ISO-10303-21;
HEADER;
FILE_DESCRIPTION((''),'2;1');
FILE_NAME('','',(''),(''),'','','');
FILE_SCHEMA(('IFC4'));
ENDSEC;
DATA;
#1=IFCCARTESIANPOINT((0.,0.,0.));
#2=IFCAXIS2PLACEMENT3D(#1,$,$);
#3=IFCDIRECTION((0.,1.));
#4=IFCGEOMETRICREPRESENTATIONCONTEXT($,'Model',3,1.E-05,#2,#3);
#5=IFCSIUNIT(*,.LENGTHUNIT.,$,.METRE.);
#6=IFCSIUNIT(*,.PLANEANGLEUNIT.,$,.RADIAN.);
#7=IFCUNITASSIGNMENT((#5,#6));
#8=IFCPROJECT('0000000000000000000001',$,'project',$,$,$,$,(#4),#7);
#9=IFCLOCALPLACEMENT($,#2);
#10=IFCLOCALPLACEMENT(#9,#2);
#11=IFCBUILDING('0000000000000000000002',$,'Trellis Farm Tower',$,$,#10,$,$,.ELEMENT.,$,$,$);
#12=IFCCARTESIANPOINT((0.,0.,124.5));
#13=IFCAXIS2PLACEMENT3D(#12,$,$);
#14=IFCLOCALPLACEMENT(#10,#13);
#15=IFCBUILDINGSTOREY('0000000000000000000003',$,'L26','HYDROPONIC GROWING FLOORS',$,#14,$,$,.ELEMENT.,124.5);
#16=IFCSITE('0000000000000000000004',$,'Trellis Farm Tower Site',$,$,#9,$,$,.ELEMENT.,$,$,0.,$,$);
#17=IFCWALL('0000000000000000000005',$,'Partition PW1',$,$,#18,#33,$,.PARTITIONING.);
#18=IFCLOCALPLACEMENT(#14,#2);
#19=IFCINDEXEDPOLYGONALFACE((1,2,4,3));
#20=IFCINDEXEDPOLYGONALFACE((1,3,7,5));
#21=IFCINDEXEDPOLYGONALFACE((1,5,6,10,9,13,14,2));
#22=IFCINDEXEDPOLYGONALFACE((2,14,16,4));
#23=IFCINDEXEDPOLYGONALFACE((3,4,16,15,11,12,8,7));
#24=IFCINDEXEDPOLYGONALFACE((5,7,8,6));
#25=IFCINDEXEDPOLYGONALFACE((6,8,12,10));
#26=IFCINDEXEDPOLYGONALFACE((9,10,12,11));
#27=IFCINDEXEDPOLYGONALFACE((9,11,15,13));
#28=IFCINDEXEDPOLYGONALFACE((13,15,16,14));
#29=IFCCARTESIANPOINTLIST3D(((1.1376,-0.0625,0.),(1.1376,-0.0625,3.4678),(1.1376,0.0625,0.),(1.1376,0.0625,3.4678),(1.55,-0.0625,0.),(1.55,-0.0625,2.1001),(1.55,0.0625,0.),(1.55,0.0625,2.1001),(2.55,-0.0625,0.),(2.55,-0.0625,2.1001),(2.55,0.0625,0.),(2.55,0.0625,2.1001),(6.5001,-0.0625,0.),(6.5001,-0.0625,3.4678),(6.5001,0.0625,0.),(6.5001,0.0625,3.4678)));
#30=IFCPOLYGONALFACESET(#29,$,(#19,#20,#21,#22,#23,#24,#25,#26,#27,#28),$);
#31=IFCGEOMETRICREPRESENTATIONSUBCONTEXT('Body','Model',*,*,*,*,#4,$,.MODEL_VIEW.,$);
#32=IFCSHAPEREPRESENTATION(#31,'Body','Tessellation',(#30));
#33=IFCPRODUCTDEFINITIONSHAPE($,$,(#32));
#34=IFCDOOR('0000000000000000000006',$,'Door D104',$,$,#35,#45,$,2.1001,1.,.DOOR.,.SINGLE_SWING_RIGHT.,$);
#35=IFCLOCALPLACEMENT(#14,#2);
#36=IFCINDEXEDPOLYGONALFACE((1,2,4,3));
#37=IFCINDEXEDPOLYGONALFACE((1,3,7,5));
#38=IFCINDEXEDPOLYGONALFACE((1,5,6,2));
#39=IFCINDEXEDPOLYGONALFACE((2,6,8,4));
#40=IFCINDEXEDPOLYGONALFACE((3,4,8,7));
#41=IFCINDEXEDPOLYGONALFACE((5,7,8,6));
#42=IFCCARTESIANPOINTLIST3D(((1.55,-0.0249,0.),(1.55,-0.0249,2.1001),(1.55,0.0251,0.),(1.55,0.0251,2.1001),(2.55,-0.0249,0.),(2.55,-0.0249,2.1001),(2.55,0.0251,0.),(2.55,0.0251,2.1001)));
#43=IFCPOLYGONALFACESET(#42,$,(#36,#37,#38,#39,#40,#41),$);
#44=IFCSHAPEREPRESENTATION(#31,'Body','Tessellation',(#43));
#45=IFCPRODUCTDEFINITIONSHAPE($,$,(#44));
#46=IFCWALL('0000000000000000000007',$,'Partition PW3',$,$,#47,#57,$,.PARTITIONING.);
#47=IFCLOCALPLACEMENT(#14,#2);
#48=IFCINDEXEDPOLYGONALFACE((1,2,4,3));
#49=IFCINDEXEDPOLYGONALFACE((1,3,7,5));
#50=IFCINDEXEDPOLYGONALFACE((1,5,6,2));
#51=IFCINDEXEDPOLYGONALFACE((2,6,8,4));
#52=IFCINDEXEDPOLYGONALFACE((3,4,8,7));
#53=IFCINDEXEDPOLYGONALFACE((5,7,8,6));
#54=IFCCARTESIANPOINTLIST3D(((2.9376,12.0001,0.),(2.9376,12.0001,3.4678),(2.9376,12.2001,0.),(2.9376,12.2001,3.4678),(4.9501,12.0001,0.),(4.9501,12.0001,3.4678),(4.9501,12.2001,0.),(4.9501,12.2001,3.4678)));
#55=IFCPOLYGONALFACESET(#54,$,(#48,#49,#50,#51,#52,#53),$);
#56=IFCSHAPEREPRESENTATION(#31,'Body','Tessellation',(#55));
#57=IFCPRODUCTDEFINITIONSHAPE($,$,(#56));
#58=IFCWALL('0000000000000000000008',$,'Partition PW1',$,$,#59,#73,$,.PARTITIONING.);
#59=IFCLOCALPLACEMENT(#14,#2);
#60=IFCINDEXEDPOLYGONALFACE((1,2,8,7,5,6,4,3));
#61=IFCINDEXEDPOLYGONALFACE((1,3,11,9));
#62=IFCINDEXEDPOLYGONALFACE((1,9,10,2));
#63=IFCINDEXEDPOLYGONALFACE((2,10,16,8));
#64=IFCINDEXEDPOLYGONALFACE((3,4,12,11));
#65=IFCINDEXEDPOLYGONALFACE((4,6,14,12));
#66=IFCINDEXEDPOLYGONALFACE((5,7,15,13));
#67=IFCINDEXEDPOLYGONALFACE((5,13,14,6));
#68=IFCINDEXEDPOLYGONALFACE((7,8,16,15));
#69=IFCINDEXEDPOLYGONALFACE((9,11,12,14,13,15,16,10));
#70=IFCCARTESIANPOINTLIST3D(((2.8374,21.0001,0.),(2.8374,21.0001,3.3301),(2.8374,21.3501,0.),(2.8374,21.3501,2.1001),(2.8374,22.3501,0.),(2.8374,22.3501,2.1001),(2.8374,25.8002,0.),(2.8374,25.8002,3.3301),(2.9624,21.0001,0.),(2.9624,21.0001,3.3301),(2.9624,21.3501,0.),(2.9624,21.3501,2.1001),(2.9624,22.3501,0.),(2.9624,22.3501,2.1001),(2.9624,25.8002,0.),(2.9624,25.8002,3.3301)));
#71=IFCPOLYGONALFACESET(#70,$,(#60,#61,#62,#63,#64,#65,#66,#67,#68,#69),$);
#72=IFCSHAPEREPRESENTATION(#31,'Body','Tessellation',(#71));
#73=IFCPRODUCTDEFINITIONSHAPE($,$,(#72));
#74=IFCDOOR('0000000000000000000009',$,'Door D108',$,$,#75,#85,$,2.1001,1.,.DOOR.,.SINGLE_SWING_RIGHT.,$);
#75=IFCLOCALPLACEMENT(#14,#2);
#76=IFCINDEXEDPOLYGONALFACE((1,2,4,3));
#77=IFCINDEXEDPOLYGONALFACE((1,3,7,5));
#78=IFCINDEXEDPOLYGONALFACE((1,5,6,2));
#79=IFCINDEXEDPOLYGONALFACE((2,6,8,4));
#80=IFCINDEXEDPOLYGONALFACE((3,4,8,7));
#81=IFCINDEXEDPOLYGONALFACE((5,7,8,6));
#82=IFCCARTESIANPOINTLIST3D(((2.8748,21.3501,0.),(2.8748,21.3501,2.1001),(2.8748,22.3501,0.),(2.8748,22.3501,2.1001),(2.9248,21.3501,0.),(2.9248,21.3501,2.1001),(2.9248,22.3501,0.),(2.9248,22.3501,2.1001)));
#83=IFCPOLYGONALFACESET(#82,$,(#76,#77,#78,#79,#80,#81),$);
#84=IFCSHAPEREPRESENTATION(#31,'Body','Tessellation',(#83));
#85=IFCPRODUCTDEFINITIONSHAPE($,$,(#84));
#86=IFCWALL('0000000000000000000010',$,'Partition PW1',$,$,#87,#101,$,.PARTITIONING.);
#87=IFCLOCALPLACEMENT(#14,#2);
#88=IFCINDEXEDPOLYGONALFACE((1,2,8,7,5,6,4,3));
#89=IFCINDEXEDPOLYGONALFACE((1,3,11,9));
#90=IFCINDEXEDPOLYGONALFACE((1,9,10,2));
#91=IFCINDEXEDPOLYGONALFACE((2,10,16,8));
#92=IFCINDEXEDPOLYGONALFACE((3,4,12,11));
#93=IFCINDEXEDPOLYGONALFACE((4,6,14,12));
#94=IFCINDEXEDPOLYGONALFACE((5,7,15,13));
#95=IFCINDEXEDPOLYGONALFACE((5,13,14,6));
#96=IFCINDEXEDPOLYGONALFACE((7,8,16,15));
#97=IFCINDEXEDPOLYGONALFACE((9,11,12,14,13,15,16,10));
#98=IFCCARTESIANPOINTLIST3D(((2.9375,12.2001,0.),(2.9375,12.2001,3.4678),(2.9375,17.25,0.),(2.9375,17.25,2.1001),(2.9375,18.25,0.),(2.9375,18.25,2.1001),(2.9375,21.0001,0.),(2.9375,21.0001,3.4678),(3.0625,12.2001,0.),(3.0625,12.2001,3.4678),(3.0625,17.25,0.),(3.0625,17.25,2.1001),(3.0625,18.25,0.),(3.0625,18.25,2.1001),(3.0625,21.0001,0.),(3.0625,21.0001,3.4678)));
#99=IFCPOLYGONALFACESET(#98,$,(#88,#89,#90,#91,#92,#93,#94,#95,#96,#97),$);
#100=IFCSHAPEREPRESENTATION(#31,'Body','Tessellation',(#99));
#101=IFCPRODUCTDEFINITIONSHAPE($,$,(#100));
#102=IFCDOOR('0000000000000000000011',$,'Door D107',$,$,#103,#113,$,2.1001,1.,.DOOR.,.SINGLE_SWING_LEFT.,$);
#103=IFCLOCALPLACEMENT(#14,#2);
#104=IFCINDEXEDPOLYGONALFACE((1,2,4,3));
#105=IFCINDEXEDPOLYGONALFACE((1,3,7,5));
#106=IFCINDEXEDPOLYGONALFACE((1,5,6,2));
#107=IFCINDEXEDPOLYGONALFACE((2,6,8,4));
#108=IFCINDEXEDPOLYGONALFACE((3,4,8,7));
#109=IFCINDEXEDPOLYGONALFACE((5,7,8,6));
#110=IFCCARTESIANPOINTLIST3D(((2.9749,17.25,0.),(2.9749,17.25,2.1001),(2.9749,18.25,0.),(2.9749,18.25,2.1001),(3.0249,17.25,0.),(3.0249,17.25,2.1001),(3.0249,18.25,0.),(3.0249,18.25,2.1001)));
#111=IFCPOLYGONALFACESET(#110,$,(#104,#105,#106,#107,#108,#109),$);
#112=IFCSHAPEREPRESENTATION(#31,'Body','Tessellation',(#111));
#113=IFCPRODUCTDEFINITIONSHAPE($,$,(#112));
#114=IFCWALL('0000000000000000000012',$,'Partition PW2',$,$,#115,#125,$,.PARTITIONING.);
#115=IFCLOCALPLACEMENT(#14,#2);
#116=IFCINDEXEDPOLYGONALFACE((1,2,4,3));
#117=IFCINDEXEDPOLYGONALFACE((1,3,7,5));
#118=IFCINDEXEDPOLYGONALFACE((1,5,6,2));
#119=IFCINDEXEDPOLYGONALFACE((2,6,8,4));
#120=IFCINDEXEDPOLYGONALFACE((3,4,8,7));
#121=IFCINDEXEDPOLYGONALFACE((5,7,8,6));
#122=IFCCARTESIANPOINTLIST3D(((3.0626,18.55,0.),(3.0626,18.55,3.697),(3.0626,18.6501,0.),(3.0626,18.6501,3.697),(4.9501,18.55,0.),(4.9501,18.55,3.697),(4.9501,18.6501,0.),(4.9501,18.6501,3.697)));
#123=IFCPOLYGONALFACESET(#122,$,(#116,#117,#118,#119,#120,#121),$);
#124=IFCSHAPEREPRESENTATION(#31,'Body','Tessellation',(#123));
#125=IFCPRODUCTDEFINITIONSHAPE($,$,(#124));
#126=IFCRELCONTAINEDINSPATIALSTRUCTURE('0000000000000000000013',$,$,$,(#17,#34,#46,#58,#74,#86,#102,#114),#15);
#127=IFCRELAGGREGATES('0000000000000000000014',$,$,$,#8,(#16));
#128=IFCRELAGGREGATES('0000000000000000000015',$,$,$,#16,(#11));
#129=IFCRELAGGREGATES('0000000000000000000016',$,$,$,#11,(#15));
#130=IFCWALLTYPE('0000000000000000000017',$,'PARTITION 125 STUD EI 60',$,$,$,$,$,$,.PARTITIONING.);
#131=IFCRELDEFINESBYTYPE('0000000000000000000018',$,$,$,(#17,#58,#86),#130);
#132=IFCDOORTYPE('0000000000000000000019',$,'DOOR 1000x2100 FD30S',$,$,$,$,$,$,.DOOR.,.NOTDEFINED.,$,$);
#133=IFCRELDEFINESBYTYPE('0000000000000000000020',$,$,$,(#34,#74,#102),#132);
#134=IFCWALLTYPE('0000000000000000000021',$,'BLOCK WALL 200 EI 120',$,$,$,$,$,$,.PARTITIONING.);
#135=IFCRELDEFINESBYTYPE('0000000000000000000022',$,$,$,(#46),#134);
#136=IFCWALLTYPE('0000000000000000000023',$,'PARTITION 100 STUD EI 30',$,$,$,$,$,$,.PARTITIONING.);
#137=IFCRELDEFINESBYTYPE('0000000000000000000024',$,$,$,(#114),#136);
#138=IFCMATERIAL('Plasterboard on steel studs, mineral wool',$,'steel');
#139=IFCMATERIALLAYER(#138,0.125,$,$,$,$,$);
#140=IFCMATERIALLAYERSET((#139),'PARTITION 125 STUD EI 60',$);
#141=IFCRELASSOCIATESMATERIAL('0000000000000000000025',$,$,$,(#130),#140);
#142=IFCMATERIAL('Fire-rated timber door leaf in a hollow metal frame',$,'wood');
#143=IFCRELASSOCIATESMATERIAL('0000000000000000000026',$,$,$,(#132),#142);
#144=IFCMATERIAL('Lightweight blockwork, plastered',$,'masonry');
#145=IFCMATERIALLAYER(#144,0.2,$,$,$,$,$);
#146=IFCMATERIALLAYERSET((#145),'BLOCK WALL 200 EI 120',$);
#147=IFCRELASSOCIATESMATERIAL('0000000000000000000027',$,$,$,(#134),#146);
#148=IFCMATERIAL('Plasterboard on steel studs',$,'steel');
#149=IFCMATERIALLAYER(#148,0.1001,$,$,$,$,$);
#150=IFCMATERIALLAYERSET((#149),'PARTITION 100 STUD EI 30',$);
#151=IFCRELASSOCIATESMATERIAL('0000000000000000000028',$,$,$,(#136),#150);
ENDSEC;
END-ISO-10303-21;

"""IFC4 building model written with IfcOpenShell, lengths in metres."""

from ifc_helpers import new_model, si_unit, direction, frame, frame_2d, origin, place, context, subcontext, project, spatial, rectangle, extrude, source, transform, mapped, material, layer, layer_set, type_object, element, fill, save


model = new_model("IFC4")

# Units and contexts
model_context = context("Model", 3, precision=1e-05, world=origin(), true_north=direction((0.0, 1.0)))
body_context = subcontext(model_context, "Body", "Model", "MODEL_VIEW")
ifc_project = project(units=[si_unit("LENGTHUNIT", "METRE"), si_unit("PLANEANGLEUNIT", "RADIAN")], contexts=[model_context])

# Site, building, storey
site_placement = place(None, origin())
site = spatial("IfcSite", under=ifc_project, at=site_placement, Name="Trellis Farm Tower Site", CompositionType="ELEMENT", RefElevation=0.0)
building_placement = place(site_placement, origin())
building = spatial("IfcBuilding", under=site, at=building_placement, Name="Trellis Farm Tower", CompositionType="ELEMENT")
storey_placement = place(building_placement, frame((0.0, 0.0, 124.5)))
storey = spatial("IfcBuildingStorey", under=building, at=storey_placement, Name="L26", Description="HYDROPONIC GROWING FLOORS", CompositionType="ELEMENT", Elevation=124.5)

# Shared definitions
ifc_material_1 = material(Name="Plasterboard on steel studs, mineral wool", Category="steel")
ifc_layer_1 = layer(ifc_material_1, 0.125)
ifc_layer_set_1 = layer_set([ifc_layer_1], Name="PARTITION 125 STUD EI 60")
wall_type_1 = type_object("IfcWallType", Name="PARTITION 125 STUD EI 60", PredefinedType="PARTITIONING", material=ifc_layer_set_1)

# Wall, opening, door
shared_shape_1 = source(origin(), body_context, "Body", "SweptSolid", [
    extrude(rectangle(XDim=5.3625, YDim=0.125, at=frame_2d((2.6812, 0.0))), origin(), (0.0, 0.0, 1.0), 3.4678),
])
wall_1_placement = place(storey_placement, frame((6.5, 0.0, 0.0), z_axis=(0.0, 0.0, 1.0), x_axis=(-1.0, 0.0, 0.0)))
wall_1 = element("IfcWall", 1, at=wall_1_placement, inside=storey, type_object=wall_type_1, Name="Partition PW1", PredefinedType="PARTITIONING", context=body_context, shape_type="MappedRepresentation", body=[
    mapped(shared_shape_1, transform((0.0, 0.0, 0.0))),
])
shared_shape_2 = source(origin(), body_context, "Body", "SweptSolid", [
    extrude(rectangle(XDim=1.0, YDim=2.1001, at=frame_2d((0.5, 1.05))), frame((0.0, 0.0725, 0.0), z_axis=(0.0, -1.0, 0.0), x_axis=(1.0, 0.0, 0.0)), (0.0, 0.0, 1.0), 0.145),
])
opening_1_placement = place(wall_1_placement, frame((3.95, 0.0, 0.0)))
opening_1 = element("IfcOpeningElement", 2, at=opening_1_placement, cuts=wall_1, PredefinedType="OPENING", context=body_context, shape_type="MappedRepresentation", body=[
    mapped(shared_shape_2, transform((0.0, 0.0, 0.0))),
])
ifc_material_2 = material(Name="Fire-rated timber door leaf in a hollow metal frame", Category="wood")
door_type_1 = type_object("IfcDoorType", Name="DOOR 1000x2100 FD30S", OperationType="NOTDEFINED", PredefinedType="DOOR", material=ifc_material_2)
shared_shape_3 = source(origin(), body_context, "Body", "SweptSolid", [
    extrude(rectangle(XDim=1.0, YDim=2.1001, at=frame_2d((0.5, 1.05))), frame((0.0, 0.0249, 0.0), z_axis=(0.0, -1.0, 0.0), x_axis=(1.0, 0.0, 0.0)), (0.0, 0.0, 1.0), 0.05),
])
door_1_placement = place(opening_1_placement, origin())
door_1 = element("IfcDoor", 3, at=door_1_placement, inside=storey, type_object=door_type_1, Name="Door D104", OperationType="SINGLE_SWING_RIGHT", OverallHeight=2.1001, OverallWidth=1.0, PredefinedType="DOOR", context=body_context, shape_type="MappedRepresentation", body=[
    mapped(shared_shape_3, transform((0.0, 0.0, 0.0))),
])
fill(opening_1, door_1)

# Wall
ifc_material_3 = material(Name="Lightweight blockwork, plastered", Category="masonry")
ifc_layer_2 = layer(ifc_material_3, 0.2)
ifc_layer_set_2 = layer_set([ifc_layer_2], Name="BLOCK WALL 200 EI 120")
wall_type_2 = type_object("IfcWallType", Name="BLOCK WALL 200 EI 120", PredefinedType="PARTITIONING", material=ifc_layer_set_2)
shared_shape_4 = source(origin(), body_context, "Body", "SweptSolid", [
    extrude(rectangle(XDim=2.0125, YDim=0.2, at=frame_2d((1.0063, 0.0))), origin(), (0.0, 0.0, 1.0), 3.4678),
])
wall_2_placement = place(storey_placement, frame((2.9375, 12.1001, 0.0), z_axis=(0.0, 0.0, 1.0), x_axis=(1.0, 0.0, 0.0)))
element("IfcWall", 4, at=wall_2_placement, inside=storey, type_object=wall_type_2, Name="Partition PW3", PredefinedType="PARTITIONING", context=body_context, shape_type="MappedRepresentation", body=[
    mapped(shared_shape_4, transform((0.0, 0.0, 0.0))),
])

# Walls, openings, doors
shared_shape_5 = source(origin(), body_context, "Body", "SweptSolid", [
    extrude(rectangle(XDim=4.8, YDim=0.125, at=frame_2d((2.3999, 0.0))), origin(), (0.0, 0.0, 1.0), 3.3301),
])
wall_3_placement = place(storey_placement, frame((2.8999, 25.8, 0.0), z_axis=(0.0, 0.0, 1.0), x_axis=(0.0, -1.0, 0.0)))
wall_3 = element("IfcWall", 5, at=wall_3_placement, inside=storey, type_object=wall_type_1, Name="Partition PW1", PredefinedType="PARTITIONING", context=body_context, shape_type="MappedRepresentation", body=[
    mapped(shared_shape_5, transform((0.0, 0.0, 0.0))),
])
opening_2_placement = place(wall_3_placement, frame((3.45, 0.0, 0.0)))
opening_2 = element("IfcOpeningElement", 6, at=opening_2_placement, cuts=wall_3, PredefinedType="OPENING", context=body_context, shape_type="MappedRepresentation", body=[
    mapped(shared_shape_2, transform((0.0, 0.0, 0.0))),
])
door_2_placement = place(opening_2_placement, origin())
door_2 = element("IfcDoor", 7, at=door_2_placement, inside=storey, type_object=door_type_1, Name="Door D108", OperationType="SINGLE_SWING_RIGHT", OverallHeight=2.1001, OverallWidth=1.0, PredefinedType="DOOR", context=body_context, shape_type="MappedRepresentation", body=[
    mapped(shared_shape_3, transform((0.0, 0.0, 0.0))),
])
fill(opening_2, door_2)
shared_shape_6 = source(origin(), body_context, "Body", "SweptSolid", [
    extrude(rectangle(XDim=8.8, YDim=0.125, at=frame_2d((4.3999, 0.0))), origin(), (0.0, 0.0, 1.0), 3.4678),
])
wall_4_placement = place(storey_placement, frame((3.0, 21.0, 0.0), z_axis=(0.0, 0.0, 1.0), x_axis=(0.0, -1.0, 0.0)))
wall_4 = element("IfcWall", 8, at=wall_4_placement, inside=storey, type_object=wall_type_1, Name="Partition PW1", PredefinedType="PARTITIONING", context=body_context, shape_type="MappedRepresentation", body=[
    mapped(shared_shape_6, transform((0.0, 0.0, 0.0))),
])
opening_3_placement = place(wall_4_placement, frame((2.75, 0.0, 0.0)))
opening_3 = element("IfcOpeningElement", 9, at=opening_3_placement, cuts=wall_4, PredefinedType="OPENING", context=body_context, shape_type="MappedRepresentation", body=[
    mapped(shared_shape_2, transform((0.0, 0.0, 0.0))),
])
door_3_placement = place(opening_3_placement, origin())
door_3 = element("IfcDoor", 10, at=door_3_placement, inside=storey, type_object=door_type_1, Name="Door D107", OperationType="SINGLE_SWING_LEFT", OverallHeight=2.1001, OverallWidth=1.0, PredefinedType="DOOR", context=body_context, shape_type="MappedRepresentation", body=[
    mapped(shared_shape_3, transform((0.0, 0.0, 0.0))),
])
fill(opening_3, door_3)

# Wall
ifc_material_4 = material(Name="Plasterboard on steel studs", Category="steel")
ifc_layer_3 = layer(ifc_material_4, 0.1001)
ifc_layer_set_3 = layer_set([ifc_layer_3], Name="PARTITION 100 STUD EI 30")
wall_type_3 = type_object("IfcWallType", Name="PARTITION 100 STUD EI 30", PredefinedType="PARTITIONING", material=ifc_layer_set_3)
shared_shape_7 = source(origin(), body_context, "Body", "SweptSolid", [
    extrude(rectangle(XDim=1.8875, YDim=0.1001, at=frame_2d((0.9438, 0.0))), origin(), (0.0, 0.0, 1.0), 3.697),
])
wall_5_placement = place(storey_placement, frame((3.0625, 18.6001, 0.0), z_axis=(0.0, 0.0, 1.0), x_axis=(1.0, 0.0, 0.0)))
element("IfcWall", 11, at=wall_5_placement, inside=storey, type_object=wall_type_3, Name="Partition PW2", PredefinedType="PARTITIONING", context=body_context, shape_type="MappedRepresentation", body=[
    mapped(shared_shape_7, transform((0.0, 0.0, 0.0))),
])

save(model, "model.ifc")
